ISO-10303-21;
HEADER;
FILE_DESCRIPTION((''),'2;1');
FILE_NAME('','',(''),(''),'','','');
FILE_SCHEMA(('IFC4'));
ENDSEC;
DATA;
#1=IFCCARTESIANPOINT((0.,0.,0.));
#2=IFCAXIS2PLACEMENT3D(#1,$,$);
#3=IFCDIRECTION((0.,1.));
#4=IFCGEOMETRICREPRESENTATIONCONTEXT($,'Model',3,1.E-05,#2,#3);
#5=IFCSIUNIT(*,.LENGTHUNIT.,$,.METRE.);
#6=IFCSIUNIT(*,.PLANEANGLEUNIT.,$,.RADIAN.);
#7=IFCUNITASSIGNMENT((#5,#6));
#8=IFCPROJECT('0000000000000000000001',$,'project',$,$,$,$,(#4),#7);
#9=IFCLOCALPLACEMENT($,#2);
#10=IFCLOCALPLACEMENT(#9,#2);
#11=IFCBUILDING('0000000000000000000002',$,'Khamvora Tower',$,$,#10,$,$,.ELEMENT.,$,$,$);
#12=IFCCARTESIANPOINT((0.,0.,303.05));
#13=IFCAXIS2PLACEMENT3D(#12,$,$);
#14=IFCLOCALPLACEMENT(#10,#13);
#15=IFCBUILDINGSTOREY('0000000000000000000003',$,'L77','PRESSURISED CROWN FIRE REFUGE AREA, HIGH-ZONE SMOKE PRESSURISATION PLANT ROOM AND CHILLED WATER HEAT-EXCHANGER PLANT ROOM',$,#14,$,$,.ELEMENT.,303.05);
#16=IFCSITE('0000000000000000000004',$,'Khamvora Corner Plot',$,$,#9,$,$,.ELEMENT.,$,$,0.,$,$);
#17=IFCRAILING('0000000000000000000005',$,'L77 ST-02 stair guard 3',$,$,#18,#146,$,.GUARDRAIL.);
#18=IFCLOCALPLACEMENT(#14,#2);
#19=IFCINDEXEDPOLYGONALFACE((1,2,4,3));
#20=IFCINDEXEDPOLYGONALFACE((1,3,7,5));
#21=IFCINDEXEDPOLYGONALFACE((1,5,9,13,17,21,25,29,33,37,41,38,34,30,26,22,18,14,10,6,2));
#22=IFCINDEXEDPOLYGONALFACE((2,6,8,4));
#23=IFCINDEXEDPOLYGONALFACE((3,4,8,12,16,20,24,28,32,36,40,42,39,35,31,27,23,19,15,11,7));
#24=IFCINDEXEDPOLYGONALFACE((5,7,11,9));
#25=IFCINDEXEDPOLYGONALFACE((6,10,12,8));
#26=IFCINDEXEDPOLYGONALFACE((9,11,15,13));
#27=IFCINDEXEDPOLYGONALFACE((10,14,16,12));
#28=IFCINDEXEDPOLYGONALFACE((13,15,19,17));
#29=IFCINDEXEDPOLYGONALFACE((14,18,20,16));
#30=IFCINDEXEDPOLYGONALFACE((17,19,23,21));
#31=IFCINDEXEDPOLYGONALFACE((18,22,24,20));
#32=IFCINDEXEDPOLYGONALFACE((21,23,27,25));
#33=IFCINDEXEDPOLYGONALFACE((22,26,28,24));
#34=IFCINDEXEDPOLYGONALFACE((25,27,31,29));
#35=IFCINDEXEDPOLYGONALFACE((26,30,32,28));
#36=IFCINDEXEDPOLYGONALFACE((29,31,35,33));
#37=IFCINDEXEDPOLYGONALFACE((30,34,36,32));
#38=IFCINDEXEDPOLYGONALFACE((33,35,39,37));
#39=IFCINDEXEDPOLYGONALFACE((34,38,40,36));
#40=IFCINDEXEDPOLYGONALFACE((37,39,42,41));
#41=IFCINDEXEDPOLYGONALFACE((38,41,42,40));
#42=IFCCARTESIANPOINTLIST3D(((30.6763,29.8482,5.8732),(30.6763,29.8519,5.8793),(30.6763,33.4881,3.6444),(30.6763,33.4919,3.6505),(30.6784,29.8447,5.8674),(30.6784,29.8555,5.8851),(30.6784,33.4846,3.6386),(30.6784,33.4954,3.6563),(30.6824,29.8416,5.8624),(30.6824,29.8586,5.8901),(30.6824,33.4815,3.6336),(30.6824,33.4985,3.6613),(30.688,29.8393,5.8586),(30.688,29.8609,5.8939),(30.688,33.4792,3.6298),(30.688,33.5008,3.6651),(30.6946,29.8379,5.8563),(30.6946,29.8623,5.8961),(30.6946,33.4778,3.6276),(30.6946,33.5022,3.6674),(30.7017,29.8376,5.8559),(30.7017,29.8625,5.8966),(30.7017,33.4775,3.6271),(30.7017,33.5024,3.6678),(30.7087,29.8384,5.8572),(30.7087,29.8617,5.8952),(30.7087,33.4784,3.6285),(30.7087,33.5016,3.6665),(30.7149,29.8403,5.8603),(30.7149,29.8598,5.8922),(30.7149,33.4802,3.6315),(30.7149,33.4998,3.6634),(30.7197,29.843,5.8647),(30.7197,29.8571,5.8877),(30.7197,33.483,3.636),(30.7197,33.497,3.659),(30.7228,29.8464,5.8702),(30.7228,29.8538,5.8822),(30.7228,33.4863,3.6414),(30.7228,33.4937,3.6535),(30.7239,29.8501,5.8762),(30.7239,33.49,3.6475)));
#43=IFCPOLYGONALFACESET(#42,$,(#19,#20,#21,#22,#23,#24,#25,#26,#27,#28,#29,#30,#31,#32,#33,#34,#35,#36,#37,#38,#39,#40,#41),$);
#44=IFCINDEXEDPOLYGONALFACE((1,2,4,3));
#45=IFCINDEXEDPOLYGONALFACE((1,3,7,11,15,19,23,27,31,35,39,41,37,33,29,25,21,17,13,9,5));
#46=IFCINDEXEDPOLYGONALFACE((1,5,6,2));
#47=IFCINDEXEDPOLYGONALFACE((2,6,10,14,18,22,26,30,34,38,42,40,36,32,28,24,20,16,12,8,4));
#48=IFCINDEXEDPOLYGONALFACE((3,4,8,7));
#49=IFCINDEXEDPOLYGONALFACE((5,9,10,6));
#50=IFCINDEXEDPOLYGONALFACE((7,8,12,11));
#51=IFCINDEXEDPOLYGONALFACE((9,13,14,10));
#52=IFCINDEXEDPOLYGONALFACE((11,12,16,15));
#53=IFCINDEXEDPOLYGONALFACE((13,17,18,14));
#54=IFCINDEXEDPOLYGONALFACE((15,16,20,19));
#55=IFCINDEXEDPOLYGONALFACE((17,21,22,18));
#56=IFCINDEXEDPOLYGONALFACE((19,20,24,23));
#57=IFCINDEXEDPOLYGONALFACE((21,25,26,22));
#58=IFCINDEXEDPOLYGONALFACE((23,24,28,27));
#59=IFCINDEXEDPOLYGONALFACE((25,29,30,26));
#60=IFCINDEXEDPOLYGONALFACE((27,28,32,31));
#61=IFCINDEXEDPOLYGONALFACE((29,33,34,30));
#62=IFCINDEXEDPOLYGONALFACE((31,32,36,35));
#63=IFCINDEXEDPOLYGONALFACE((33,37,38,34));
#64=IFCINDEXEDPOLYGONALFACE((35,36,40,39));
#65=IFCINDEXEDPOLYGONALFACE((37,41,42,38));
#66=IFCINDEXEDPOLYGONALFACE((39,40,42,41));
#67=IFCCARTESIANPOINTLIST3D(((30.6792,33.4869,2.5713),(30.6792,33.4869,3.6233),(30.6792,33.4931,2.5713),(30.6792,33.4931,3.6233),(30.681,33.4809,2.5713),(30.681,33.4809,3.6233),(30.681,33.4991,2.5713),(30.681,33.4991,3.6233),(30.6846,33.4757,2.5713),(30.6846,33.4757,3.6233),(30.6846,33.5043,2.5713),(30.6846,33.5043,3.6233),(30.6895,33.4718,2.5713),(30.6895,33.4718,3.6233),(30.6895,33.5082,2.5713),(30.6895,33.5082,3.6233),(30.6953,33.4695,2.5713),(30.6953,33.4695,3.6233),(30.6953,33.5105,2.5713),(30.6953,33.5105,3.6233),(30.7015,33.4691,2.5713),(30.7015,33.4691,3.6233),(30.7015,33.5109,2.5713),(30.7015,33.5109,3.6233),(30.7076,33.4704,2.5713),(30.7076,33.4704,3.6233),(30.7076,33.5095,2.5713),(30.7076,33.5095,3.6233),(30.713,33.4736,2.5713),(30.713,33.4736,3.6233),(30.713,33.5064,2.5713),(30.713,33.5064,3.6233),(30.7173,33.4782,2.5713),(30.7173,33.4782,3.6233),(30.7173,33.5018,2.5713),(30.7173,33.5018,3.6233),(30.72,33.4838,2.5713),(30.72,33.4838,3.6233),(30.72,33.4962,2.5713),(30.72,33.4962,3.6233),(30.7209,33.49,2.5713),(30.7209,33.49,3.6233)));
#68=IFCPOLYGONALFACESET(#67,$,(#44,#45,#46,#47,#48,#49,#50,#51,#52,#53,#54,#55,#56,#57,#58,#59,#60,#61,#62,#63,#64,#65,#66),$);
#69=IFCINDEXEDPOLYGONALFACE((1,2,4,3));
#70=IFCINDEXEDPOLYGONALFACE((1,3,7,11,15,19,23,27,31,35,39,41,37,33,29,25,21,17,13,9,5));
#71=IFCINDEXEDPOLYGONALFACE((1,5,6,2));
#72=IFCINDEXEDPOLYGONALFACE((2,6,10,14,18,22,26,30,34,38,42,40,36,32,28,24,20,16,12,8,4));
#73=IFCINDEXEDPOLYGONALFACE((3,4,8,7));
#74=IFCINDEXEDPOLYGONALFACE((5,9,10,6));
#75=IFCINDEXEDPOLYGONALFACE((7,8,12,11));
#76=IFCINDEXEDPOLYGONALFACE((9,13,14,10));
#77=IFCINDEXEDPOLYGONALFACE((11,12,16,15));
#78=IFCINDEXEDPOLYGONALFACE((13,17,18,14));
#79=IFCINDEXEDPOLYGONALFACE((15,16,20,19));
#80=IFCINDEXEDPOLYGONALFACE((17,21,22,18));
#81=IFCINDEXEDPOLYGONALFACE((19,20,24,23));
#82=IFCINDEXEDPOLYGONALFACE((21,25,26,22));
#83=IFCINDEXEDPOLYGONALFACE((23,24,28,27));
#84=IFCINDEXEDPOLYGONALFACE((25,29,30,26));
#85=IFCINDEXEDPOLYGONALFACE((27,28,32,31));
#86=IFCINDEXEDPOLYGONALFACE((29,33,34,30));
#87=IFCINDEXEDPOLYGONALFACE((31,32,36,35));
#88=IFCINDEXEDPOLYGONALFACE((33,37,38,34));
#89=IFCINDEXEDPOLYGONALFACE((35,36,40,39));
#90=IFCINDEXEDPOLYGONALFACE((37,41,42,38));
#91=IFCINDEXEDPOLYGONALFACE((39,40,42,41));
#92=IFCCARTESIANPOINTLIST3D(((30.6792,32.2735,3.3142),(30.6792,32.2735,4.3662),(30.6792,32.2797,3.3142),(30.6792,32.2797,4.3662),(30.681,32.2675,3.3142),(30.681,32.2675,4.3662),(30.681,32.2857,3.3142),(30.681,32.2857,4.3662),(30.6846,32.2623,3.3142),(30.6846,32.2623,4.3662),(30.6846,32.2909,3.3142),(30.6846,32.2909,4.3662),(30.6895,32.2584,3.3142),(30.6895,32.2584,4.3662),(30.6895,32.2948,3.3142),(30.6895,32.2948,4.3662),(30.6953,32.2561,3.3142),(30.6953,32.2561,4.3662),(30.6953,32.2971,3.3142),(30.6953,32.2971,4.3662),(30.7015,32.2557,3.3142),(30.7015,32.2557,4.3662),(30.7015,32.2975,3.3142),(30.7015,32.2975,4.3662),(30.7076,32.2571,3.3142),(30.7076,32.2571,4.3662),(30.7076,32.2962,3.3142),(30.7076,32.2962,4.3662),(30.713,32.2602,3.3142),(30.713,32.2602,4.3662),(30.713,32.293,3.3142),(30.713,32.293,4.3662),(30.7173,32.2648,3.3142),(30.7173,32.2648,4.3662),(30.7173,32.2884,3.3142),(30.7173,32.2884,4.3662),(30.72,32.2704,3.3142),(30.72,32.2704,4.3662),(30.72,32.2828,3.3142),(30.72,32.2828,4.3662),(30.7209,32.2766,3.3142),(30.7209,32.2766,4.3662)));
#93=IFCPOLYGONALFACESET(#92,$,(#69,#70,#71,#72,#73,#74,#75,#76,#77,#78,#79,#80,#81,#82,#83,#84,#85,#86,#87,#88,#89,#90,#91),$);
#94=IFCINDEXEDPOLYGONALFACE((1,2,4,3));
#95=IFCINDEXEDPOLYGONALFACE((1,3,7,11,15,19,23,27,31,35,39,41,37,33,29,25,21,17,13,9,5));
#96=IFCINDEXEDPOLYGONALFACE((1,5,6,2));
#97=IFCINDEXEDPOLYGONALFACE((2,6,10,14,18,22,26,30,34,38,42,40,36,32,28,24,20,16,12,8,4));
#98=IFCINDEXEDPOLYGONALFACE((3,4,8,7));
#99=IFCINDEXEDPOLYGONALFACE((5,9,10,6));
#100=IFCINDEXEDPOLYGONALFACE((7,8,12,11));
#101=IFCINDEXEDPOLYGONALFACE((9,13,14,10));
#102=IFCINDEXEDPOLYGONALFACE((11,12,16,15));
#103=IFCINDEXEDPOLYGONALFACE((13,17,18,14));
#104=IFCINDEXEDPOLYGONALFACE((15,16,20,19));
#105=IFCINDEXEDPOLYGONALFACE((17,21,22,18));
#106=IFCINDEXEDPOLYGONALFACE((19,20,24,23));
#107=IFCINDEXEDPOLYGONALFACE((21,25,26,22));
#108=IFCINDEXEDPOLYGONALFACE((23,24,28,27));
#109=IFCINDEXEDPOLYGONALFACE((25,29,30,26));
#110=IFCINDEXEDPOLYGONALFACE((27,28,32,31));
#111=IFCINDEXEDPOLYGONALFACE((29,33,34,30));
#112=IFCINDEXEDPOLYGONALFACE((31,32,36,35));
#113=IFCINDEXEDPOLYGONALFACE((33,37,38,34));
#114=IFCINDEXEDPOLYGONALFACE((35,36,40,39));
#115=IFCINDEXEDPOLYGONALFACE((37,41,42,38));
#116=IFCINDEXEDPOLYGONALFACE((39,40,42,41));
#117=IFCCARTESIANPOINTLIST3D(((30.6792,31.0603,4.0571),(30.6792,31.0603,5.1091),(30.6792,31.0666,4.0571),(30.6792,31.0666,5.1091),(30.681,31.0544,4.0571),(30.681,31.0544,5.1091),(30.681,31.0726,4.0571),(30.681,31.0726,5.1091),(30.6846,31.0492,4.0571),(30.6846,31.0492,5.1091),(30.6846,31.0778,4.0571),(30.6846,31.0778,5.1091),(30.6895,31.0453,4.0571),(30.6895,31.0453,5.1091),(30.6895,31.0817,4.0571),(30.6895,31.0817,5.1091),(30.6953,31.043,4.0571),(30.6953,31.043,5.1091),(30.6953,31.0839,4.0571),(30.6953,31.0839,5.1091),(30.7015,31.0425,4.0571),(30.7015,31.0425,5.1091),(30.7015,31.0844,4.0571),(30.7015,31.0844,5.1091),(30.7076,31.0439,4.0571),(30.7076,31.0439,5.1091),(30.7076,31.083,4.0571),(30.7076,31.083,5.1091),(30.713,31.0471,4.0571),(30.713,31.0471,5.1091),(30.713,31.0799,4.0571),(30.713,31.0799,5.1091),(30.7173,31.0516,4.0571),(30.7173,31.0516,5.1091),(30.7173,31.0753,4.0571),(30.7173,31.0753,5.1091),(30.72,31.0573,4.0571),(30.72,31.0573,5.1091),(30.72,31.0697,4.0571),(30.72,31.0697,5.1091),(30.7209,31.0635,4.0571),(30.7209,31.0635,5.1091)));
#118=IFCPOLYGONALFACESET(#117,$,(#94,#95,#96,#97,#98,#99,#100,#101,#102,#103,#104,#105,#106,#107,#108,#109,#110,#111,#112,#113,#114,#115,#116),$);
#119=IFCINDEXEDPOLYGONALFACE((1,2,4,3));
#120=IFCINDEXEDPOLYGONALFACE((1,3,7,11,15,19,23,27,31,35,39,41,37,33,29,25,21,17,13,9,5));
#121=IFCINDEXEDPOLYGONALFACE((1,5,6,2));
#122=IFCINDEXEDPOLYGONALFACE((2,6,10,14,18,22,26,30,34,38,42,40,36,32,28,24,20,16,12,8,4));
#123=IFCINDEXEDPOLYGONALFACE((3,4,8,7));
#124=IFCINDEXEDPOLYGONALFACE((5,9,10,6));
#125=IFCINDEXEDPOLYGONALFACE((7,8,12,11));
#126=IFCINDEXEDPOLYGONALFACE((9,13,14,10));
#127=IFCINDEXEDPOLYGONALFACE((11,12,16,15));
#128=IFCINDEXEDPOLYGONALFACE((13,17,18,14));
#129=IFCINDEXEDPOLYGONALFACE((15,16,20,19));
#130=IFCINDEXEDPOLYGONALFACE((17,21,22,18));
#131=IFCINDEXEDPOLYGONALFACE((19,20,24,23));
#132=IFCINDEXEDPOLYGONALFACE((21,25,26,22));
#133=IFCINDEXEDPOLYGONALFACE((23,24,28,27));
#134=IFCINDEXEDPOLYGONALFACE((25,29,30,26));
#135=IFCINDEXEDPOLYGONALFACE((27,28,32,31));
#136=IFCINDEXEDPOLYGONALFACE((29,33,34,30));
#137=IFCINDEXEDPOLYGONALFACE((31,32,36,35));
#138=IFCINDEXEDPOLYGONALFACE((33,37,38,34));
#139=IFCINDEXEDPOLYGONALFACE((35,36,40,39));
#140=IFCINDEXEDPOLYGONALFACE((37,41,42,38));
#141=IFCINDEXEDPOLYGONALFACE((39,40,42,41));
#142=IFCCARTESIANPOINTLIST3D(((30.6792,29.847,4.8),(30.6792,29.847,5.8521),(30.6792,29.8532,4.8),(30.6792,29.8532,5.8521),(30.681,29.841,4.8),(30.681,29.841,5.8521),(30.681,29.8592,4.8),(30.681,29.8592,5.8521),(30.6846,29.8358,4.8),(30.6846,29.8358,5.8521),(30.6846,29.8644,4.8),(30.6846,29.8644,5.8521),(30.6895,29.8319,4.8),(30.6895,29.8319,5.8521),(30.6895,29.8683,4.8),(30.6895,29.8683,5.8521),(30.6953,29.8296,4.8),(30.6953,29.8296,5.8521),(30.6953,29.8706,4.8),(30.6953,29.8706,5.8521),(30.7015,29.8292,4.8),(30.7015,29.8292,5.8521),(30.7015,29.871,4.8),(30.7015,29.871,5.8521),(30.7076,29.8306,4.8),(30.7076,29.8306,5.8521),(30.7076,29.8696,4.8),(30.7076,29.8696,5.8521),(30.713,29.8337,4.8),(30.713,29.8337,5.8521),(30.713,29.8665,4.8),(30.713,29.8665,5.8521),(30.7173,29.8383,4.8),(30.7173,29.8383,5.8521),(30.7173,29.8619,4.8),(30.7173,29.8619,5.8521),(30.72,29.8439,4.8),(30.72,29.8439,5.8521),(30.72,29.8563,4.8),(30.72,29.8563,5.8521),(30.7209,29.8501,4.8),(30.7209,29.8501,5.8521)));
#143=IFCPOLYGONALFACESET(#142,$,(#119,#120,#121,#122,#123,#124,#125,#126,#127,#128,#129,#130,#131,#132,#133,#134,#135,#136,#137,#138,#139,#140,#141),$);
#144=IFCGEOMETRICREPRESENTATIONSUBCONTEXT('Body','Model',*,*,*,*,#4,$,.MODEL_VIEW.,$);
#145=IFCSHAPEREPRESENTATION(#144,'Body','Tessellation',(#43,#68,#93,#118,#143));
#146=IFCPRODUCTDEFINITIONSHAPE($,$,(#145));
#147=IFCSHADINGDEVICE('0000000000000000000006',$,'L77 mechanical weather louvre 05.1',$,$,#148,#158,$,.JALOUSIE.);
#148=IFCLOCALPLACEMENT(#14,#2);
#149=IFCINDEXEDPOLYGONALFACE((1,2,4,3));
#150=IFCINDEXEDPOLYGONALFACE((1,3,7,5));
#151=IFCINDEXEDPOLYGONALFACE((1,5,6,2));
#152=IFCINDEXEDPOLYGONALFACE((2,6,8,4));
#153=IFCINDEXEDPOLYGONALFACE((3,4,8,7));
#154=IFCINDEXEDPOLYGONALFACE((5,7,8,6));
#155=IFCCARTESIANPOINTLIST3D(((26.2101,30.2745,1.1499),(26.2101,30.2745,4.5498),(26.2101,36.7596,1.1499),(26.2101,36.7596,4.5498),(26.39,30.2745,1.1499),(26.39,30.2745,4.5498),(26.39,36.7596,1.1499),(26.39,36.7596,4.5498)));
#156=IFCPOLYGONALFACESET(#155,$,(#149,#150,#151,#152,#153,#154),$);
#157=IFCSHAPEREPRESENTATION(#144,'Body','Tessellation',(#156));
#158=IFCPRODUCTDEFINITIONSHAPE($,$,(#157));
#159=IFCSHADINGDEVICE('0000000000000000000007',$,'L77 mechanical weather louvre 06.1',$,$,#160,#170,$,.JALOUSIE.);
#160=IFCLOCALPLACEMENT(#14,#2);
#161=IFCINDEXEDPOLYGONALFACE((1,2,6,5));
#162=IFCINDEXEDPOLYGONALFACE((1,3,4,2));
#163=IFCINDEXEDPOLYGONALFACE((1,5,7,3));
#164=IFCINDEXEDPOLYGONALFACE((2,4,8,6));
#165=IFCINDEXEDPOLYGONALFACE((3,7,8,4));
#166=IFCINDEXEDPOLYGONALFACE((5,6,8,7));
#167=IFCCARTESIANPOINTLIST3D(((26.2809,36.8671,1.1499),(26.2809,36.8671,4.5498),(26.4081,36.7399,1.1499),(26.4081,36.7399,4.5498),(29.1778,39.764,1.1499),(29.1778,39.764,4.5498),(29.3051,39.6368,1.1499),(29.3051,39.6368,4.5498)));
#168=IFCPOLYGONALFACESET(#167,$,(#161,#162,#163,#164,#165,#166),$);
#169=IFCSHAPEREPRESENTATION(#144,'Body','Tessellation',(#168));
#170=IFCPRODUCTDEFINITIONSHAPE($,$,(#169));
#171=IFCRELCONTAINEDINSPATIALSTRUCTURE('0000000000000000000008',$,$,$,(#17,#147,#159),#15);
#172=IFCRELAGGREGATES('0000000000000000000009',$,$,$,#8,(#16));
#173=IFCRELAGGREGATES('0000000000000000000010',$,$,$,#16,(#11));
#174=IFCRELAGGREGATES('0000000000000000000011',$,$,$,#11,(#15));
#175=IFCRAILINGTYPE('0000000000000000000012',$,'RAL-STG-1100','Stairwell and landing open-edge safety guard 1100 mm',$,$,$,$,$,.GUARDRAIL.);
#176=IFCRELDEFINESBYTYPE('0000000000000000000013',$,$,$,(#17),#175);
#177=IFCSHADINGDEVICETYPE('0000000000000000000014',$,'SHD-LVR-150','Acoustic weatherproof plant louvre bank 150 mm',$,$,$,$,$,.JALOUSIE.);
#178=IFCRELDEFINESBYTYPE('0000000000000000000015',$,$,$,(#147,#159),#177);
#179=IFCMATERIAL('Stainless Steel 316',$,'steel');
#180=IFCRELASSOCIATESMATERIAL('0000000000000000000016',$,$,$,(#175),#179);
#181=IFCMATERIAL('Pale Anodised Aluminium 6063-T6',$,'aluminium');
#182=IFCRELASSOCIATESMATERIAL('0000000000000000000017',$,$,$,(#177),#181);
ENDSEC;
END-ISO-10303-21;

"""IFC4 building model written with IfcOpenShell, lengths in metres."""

from ifc_helpers import new_model, si_unit, direction, frame, origin, origin_2d, place, context, subcontext, project, spatial, rectangle, circle, extrude, material, type_object, element, save


model = new_model("IFC4")

# Units and contexts
model_context = context("Model", 3, precision=1e-05, world=origin(), true_north=direction((0.0, 1.0)))
body_context = subcontext(model_context, "Body", "Model", "MODEL_VIEW")
ifc_project = project(units=[si_unit("LENGTHUNIT", "METRE"), si_unit("PLANEANGLEUNIT", "RADIAN")], contexts=[model_context])

# Site, building, storey
site_placement = place(None, origin())
site = spatial("IfcSite", under=ifc_project, at=site_placement, Name="Khamvora Corner Plot", CompositionType="ELEMENT", RefElevation=0.0)
building_placement = place(site_placement, origin())
building = spatial("IfcBuilding", under=site, at=building_placement, Name="Khamvora Tower", CompositionType="ELEMENT")
storey_placement = place(building_placement, frame((0.0, 0.0, 303.05)))
storey = spatial("IfcBuildingStorey", under=building, at=storey_placement, Name="L77", Description="PRESSURISED CROWN FIRE REFUGE AREA, HIGH-ZONE SMOKE PRESSURISATION PLANT ROOM AND CHILLED WATER HEAT-EXCHANGER PLANT ROOM", CompositionType="ELEMENT", Elevation=303.05)

# Railing
ifc_material_1 = material(Name="Stainless Steel 316", Category="steel")
railing_type = type_object("IfcRailingType", Name="RAL-STG-1100", Description="Stairwell and landing open-edge safety guard 1100 mm", PredefinedType="GUARDRAIL", material=ifc_material_1)
railing_1_placement = place(storey_placement, frame((30.7, 33.49, 2.5713)))
element("IfcRailing", 1, at=railing_1_placement, inside=storey, type_object=railing_type, Name="L77 ST-02 stair guard 3", PredefinedType="GUARDRAIL", context=body_context, shape_type="SweptSolid", body=[
    extrude(circle(Radius=0.0239, at=origin_2d()), frame((0.0, 0.0, 1.0762), z_axis=(0.0, -0.852825, 0.522197), x_axis=(1.0, 0.0, 0.0)), (0.0, 0.0, 1.0), 4.2681),
    extrude(circle(Radius=0.021, at=origin_2d()), origin(), (0.0, 0.0, 1.0), 1.052),
    extrude(circle(Radius=0.021, at=origin_2d()), frame((0.0, -1.2134, 0.7429)), (0.0, 0.0, 1.0), 1.052),
    extrude(circle(Radius=0.021, at=origin_2d()), frame((0.0, -2.4265, 1.4858)), (0.0, 0.0, 1.0), 1.052),
    extrude(circle(Radius=0.021, at=origin_2d()), frame((0.0, -3.6399, 2.2288)), (0.0, 0.0, 1.0), 1.052),
])

# Shading devices
ifc_material_2 = material(Name="Pale Anodised Aluminium 6063-T6", Category="aluminium")
shading_device_type = type_object("IfcShadingDeviceType", Name="SHD-LVR-150", Description="Acoustic weatherproof plant louvre bank 150 mm", PredefinedType="JALOUSIE", material=ifc_material_2)
shading_device_1_placement = place(storey_placement, frame((26.3, 33.5171, 1.1499), z_axis=(0.0, 0.0, 1.0), x_axis=(0.0, 1.0, 0.0)))
element("IfcShadingDevice", 2, at=shading_device_1_placement, inside=storey, type_object=shading_device_type, Name="L77 mechanical weather louvre 05.1", PredefinedType="JALOUSIE", context=body_context, shape_type="SweptSolid", body=[
    extrude(rectangle(XDim=6.4851, YDim=0.1799, at=origin_2d()), origin(), (0.0, 0.0, 1.0), 3.3999),
])
shading_device_2_placement = place(storey_placement, frame((27.793, 38.252, 1.1499), z_axis=(0.0, 0.0, 1.0), x_axis=(0.707107, 0.707107, 0.0)))
element("IfcShadingDevice", 3, at=shading_device_2_placement, inside=storey, type_object=shading_device_type, Name="L77 mechanical weather louvre 06.1", PredefinedType="JALOUSIE", context=body_context, shape_type="SweptSolid", body=[
    extrude(rectangle(XDim=4.0969, YDim=0.1799, at=origin_2d()), origin(), (0.0, 0.0, 1.0), 3.3999),
])

save(model, "model.ifc")
